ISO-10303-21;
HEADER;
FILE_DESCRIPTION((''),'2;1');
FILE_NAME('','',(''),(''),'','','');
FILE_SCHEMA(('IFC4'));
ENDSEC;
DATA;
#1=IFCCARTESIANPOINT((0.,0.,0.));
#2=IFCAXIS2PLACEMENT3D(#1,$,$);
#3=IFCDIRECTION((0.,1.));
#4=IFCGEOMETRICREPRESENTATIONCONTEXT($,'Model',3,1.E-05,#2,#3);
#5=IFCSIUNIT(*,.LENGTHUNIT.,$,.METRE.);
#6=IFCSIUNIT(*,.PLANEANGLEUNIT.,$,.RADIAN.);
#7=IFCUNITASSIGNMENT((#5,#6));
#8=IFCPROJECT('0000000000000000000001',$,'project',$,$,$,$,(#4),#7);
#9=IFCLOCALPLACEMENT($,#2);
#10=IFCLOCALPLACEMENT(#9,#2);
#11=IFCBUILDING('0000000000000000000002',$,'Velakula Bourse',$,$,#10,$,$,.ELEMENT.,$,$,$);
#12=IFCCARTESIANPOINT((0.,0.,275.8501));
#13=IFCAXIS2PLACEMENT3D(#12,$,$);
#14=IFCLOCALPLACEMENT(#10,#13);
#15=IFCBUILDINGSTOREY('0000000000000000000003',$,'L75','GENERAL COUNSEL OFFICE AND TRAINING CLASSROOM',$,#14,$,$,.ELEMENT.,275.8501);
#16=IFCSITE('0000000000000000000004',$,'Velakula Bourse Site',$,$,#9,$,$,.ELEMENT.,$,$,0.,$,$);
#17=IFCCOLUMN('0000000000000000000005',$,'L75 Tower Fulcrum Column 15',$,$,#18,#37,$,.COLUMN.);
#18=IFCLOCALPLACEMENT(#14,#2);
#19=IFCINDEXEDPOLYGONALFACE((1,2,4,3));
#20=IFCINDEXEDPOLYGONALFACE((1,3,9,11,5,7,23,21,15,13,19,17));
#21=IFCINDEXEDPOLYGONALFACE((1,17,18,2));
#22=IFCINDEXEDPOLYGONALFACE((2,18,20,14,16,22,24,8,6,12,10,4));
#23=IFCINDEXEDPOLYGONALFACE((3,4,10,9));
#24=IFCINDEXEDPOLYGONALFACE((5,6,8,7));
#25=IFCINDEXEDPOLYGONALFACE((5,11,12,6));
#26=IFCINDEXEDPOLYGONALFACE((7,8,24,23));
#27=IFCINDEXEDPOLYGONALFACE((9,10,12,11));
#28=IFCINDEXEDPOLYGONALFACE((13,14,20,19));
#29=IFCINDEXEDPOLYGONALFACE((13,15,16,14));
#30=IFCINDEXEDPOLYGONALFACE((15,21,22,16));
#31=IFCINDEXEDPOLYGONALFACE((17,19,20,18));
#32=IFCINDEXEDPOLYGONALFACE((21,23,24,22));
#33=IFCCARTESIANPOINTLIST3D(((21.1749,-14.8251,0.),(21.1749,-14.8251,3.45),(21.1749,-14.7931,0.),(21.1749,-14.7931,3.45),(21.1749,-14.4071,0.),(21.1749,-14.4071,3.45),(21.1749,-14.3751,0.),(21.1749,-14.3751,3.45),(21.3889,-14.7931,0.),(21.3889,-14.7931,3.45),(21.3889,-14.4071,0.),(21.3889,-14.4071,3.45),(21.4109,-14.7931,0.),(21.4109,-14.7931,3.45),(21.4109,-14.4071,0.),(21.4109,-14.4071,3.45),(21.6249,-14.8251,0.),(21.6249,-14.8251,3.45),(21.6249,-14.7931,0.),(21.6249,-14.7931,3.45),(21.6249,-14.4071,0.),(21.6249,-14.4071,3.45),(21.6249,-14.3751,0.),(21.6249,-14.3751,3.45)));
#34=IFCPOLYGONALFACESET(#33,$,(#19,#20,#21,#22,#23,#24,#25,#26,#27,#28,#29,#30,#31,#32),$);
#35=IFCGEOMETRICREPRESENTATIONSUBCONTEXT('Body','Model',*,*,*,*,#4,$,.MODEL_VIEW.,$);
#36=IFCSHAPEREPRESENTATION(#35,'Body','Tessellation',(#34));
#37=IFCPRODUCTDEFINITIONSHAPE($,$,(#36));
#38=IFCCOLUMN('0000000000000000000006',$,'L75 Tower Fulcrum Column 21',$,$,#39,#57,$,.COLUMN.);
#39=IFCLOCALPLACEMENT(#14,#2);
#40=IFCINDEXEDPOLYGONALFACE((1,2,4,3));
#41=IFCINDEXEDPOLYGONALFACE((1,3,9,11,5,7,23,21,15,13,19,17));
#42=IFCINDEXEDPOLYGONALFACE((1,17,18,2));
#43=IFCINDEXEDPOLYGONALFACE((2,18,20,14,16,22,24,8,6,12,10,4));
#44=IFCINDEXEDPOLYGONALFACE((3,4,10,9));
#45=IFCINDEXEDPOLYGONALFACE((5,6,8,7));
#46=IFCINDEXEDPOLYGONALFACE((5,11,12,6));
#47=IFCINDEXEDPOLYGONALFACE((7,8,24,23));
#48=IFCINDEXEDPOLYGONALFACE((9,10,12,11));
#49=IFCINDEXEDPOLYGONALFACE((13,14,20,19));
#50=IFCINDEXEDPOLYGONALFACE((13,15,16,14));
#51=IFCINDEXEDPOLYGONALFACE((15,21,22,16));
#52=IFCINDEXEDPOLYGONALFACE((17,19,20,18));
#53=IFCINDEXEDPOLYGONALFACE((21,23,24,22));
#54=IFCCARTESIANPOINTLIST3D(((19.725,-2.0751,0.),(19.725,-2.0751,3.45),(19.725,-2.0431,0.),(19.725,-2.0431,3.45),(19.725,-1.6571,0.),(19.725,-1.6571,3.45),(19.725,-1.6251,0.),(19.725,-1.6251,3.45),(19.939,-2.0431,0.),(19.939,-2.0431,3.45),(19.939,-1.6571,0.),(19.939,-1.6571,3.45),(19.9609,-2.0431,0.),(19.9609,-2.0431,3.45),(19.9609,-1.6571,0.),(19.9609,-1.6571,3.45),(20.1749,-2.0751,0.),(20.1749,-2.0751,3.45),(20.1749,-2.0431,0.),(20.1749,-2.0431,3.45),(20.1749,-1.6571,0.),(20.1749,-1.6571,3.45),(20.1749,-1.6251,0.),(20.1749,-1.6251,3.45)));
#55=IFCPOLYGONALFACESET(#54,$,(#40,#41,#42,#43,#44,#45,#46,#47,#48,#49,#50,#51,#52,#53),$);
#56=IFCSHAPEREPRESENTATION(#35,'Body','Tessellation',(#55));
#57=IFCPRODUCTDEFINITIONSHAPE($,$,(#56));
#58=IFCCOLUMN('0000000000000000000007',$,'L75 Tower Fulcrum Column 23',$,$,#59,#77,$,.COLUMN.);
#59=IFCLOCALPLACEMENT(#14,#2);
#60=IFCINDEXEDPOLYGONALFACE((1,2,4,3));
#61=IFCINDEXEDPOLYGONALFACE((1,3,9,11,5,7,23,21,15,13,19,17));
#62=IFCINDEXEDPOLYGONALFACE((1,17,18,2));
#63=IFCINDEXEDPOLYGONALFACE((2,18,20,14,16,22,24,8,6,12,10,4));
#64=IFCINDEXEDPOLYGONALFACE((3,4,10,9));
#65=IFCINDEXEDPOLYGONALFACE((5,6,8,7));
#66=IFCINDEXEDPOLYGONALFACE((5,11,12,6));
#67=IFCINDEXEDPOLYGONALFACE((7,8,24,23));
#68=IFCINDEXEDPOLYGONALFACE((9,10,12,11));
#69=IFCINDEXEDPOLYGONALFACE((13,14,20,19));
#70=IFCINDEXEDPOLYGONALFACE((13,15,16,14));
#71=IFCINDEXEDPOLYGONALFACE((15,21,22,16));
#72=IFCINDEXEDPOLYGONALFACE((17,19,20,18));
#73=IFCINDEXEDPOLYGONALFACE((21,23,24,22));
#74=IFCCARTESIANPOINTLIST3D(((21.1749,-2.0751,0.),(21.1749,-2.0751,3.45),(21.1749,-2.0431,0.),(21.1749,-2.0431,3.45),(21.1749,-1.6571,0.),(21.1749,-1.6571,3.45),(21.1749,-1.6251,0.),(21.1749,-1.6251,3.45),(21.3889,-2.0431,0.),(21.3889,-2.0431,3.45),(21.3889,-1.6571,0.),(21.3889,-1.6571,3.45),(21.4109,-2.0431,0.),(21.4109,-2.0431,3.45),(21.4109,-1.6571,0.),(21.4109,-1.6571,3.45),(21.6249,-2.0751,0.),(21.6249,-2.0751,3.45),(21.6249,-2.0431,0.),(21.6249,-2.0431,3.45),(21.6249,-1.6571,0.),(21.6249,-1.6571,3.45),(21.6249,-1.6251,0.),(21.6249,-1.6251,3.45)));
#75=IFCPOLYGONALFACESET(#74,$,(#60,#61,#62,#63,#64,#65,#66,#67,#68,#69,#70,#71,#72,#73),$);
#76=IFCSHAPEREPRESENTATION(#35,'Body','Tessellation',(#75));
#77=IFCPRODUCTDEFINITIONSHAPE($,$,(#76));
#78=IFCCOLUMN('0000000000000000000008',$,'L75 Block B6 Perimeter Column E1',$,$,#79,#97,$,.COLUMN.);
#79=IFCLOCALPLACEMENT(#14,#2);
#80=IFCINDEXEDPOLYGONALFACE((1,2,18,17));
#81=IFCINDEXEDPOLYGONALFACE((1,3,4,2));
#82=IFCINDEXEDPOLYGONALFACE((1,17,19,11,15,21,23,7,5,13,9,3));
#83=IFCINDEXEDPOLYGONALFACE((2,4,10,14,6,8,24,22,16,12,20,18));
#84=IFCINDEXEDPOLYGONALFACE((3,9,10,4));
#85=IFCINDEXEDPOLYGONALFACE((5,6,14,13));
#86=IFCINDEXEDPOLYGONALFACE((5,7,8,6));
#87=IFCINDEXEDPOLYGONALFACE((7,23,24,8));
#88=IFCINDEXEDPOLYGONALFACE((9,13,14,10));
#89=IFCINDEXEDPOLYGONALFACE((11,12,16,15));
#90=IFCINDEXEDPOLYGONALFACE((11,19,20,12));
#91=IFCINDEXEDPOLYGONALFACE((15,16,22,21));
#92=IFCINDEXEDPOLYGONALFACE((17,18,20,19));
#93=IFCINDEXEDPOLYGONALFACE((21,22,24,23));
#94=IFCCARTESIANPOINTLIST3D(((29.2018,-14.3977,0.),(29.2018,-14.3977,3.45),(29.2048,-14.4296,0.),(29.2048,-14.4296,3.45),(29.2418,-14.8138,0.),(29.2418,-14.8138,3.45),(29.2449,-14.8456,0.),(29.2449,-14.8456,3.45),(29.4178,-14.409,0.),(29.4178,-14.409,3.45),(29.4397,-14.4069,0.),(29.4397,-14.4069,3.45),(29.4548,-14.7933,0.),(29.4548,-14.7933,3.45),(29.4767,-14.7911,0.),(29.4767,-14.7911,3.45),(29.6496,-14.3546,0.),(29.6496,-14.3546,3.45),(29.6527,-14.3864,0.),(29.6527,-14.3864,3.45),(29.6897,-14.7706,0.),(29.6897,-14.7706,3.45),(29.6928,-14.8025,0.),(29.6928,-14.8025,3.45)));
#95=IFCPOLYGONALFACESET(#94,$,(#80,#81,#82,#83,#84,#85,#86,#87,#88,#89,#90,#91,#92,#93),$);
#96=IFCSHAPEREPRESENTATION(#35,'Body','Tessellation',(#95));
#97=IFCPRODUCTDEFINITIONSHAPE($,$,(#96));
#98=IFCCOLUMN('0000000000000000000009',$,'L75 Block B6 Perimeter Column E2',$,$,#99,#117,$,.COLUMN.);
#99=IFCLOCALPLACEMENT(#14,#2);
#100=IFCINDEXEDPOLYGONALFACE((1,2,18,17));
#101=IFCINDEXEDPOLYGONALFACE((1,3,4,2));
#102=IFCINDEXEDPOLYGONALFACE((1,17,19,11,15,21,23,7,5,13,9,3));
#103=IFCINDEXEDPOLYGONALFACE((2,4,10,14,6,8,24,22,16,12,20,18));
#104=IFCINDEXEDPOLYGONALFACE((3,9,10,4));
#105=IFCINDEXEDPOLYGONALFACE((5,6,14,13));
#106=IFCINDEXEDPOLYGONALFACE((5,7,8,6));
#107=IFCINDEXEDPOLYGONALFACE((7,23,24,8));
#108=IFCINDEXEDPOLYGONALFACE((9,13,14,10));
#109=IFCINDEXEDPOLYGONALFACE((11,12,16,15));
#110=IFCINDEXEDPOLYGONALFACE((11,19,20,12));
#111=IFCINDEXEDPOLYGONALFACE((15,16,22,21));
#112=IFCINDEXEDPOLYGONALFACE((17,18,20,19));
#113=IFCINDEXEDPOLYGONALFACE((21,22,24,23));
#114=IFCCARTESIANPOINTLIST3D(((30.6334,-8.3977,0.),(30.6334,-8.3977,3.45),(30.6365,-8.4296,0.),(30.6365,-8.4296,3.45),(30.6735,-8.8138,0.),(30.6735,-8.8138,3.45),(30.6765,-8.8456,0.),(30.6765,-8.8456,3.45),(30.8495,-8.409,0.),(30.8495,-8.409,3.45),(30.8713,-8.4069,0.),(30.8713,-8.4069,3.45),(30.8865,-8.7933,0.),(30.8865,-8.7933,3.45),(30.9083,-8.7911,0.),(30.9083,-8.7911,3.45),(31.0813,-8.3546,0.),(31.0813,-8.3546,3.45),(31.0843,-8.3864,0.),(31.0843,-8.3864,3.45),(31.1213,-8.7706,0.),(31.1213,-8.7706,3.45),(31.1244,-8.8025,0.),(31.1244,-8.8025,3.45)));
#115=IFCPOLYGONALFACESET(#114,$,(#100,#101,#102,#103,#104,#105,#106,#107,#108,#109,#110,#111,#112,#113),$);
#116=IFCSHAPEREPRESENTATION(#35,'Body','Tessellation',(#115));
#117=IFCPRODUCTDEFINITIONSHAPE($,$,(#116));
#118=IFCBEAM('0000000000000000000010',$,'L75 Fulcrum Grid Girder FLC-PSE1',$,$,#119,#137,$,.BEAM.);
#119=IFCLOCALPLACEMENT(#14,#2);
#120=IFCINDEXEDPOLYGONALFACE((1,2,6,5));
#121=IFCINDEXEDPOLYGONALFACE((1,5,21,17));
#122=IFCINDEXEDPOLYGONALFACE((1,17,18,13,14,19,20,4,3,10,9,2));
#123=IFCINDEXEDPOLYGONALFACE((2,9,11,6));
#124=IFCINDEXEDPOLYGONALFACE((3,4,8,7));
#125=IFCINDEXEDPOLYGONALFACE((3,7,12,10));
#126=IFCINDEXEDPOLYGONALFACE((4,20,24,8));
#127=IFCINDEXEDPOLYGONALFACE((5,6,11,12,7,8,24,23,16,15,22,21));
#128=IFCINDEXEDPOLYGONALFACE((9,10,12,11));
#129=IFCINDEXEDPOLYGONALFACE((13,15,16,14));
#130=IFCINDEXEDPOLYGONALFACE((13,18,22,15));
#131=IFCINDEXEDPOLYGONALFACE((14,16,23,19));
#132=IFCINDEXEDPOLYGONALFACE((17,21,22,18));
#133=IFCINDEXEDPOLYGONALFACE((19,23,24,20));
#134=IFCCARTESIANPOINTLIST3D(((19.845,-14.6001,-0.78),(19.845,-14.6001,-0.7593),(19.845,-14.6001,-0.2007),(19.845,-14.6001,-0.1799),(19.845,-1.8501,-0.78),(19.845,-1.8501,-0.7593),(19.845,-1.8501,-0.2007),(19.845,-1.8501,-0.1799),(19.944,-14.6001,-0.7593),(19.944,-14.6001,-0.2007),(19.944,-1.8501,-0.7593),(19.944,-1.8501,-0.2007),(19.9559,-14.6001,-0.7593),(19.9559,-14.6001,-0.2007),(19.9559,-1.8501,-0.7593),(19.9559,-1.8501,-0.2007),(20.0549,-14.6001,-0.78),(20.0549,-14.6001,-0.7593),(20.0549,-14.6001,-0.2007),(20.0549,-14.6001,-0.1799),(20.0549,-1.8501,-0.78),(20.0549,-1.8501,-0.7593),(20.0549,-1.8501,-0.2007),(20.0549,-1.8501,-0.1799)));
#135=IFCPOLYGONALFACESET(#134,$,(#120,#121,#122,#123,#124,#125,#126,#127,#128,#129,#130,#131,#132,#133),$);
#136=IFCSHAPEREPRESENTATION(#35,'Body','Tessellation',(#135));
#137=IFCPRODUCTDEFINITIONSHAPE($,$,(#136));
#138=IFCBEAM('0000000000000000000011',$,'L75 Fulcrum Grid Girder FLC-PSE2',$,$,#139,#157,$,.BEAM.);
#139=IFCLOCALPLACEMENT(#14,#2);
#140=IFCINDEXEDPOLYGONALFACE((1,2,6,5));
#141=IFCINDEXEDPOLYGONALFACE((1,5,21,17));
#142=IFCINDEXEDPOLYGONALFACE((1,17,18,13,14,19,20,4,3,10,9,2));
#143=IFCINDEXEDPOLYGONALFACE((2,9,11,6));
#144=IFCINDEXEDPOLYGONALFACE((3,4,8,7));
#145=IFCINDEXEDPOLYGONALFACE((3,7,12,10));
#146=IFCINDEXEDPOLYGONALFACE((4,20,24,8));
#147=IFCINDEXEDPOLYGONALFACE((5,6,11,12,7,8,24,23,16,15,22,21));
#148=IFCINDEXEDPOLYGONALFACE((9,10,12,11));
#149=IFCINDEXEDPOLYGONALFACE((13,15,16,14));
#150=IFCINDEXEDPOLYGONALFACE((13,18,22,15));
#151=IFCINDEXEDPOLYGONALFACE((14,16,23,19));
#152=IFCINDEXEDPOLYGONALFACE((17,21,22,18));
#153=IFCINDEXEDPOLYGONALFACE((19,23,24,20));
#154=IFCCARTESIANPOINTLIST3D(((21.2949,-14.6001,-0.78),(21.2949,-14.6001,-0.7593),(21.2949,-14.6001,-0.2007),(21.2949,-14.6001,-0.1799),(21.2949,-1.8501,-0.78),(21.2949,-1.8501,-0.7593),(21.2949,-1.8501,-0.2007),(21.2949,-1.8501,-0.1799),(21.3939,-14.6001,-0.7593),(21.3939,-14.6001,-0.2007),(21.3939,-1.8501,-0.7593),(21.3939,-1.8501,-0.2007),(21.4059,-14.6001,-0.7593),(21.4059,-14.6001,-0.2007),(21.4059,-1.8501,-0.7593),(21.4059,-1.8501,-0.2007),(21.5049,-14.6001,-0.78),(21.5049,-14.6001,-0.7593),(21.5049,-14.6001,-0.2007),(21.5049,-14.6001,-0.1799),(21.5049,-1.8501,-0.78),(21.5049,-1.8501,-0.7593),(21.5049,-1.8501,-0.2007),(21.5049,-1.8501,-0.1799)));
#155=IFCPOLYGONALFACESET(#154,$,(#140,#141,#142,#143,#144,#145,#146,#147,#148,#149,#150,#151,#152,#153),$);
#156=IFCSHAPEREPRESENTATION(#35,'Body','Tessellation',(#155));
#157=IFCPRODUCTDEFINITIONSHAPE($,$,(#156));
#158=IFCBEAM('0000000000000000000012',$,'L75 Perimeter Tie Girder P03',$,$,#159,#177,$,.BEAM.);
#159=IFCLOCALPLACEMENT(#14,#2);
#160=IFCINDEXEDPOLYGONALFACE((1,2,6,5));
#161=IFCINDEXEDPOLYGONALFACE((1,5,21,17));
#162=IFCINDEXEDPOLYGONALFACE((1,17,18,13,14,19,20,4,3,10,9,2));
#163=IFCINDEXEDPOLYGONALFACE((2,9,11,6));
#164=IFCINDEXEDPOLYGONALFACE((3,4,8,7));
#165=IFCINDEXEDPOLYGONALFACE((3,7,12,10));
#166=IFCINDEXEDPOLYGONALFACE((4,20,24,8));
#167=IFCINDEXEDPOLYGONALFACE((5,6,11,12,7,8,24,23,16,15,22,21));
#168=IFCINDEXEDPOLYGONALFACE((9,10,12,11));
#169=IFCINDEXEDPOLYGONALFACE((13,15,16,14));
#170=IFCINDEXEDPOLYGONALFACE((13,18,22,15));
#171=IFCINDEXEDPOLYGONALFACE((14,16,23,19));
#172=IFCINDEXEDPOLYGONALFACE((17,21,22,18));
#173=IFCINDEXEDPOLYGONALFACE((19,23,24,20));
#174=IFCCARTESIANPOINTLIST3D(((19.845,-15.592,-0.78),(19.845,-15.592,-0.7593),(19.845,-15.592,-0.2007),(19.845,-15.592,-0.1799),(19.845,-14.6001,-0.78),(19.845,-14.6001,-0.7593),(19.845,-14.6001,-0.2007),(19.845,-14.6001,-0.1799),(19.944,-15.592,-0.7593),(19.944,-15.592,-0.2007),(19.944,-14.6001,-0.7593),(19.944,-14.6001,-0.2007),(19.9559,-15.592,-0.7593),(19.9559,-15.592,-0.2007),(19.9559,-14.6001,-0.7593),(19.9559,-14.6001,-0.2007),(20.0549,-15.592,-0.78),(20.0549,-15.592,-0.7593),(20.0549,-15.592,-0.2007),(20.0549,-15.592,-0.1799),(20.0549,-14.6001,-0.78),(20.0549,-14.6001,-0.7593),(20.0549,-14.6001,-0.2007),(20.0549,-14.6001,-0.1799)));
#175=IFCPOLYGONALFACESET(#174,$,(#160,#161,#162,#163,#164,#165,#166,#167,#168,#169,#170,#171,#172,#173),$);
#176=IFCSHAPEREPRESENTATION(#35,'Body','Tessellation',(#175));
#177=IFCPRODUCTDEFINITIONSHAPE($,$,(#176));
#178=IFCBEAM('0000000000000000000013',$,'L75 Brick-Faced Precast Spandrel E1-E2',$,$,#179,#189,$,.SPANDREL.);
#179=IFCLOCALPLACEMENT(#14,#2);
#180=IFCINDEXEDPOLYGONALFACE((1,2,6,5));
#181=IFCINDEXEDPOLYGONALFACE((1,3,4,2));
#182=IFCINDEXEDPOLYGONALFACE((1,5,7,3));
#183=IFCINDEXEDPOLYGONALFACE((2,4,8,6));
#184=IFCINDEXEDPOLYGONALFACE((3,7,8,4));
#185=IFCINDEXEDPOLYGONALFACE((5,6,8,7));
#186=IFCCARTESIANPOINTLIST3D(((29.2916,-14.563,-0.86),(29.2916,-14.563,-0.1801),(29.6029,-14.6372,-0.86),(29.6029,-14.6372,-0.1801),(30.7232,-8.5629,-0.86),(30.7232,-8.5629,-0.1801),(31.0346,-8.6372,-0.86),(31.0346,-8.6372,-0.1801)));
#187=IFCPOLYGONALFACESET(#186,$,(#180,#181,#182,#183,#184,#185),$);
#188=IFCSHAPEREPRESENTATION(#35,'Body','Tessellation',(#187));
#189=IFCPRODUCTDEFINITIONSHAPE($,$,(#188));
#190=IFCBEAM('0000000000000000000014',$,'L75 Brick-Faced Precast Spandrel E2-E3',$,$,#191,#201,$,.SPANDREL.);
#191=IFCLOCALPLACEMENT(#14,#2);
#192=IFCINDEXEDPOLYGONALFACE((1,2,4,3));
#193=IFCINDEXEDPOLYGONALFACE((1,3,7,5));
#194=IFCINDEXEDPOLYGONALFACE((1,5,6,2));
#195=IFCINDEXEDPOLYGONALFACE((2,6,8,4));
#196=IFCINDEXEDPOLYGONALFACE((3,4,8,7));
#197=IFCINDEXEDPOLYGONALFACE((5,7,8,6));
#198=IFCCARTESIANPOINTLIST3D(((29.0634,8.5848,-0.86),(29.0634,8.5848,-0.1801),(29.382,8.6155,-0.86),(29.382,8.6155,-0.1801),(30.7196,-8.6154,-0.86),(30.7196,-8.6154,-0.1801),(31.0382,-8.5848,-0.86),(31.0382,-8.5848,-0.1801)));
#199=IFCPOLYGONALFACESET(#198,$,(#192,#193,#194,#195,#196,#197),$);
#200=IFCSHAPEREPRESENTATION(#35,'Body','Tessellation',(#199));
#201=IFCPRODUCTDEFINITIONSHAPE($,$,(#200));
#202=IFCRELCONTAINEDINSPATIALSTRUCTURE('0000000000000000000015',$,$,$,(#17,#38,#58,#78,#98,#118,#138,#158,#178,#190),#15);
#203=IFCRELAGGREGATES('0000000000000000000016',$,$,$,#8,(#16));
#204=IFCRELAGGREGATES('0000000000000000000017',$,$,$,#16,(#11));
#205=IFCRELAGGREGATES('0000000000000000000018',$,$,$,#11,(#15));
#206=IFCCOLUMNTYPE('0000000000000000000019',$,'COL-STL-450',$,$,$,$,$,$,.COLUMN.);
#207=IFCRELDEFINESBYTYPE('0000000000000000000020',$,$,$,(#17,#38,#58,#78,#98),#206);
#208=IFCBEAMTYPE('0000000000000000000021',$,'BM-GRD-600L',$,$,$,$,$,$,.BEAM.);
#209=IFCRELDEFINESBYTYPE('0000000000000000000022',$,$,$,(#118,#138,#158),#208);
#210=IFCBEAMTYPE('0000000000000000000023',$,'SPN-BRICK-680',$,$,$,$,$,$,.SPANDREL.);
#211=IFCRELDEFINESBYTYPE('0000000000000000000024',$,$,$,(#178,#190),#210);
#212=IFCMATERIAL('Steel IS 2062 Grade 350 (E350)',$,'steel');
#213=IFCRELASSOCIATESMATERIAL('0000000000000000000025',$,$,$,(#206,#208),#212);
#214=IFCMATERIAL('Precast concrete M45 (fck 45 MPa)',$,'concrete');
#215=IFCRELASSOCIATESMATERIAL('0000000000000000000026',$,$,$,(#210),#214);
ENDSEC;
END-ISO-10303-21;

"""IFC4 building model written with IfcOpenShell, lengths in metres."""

from ifc_helpers import new_model, si_unit, direction, frame, origin, origin_2d, place, context, subcontext, project, spatial, rectangle, i_section, extrude, material, material_profile, profile_set, type_object, element, save


model = new_model("IFC4")

# Units and contexts
model_context = context("Model", 3, precision=1e-05, world=origin(), true_north=direction((0.0, 1.0)))
body_context = subcontext(model_context, "Body", "Model", "MODEL_VIEW")
ifc_project = project(units=[si_unit("LENGTHUNIT", "METRE"), si_unit("PLANEANGLEUNIT", "RADIAN")], contexts=[model_context])

# Site, building, storey
site_placement = place(None, origin())
site = spatial("IfcSite", under=ifc_project, at=site_placement, Name="Velakula Bourse Site", CompositionType="ELEMENT", RefElevation=0.0)
building_placement = place(site_placement, origin())
building = spatial("IfcBuilding", under=site, at=building_placement, Name="Velakula Bourse", CompositionType="ELEMENT")
storey_placement = place(building_placement, frame((0.0, 0.0, 275.8501)))
storey = spatial("IfcBuildingStorey", under=building, at=storey_placement, Name="L75", Description="GENERAL COUNSEL OFFICE AND TRAINING CLASSROOM", CompositionType="ELEMENT", Elevation=275.8501)

# Columns
ifc_material_1 = material(Name="Steel IS 2062 Grade 350 (E350)", Category="steel")
ifc_material_profile_1 = material_profile(ifc_material_1, i_section(OverallWidth=0.45, OverallDepth=0.45, WebThickness=0.022, FlangeThickness=0.032, at=origin_2d()), Name="Steel IS 2062 Grade 350 (E350)")
ifc_profile_set_1 = profile_set([ifc_material_profile_1], Name="Steel IS 2062 Grade 350 (E350)")
column_type = type_object("IfcColumnType", Name="COL-STL-450", PredefinedType="COLUMN", material=ifc_profile_set_1)
for number, where, z_axis, x_axis, name in (
    (1, (21.3999, -14.6001, 0.0), (0.0, 0.0, 1.0), (1.0, 0.0, 0.0), "L75 Tower Fulcrum Column 15"),
    (2, (19.95, -1.8501, 0.0), (0.0, 0.0, 1.0), (1.0, 0.0, 0.0), "L75 Tower Fulcrum Column 21"),
    (3, (21.3999, -1.8501, 0.0), (0.0, 0.0, 1.0), (1.0, 0.0, 0.0), "L75 Tower Fulcrum Column 23"),
    (4, (29.4473, -14.6001, 0.0), (0.0, 0.0, 1.0), (0.995396, 0.095846, 0.0), "L75 Block B6 Perimeter Column E1"),
    (5, (30.8789, -8.6001, 0.0), (0.0, 0.0, 1.0), (0.995396, 0.095846, 0.0), "L75 Block B6 Perimeter Column E2"),
):
    element("IfcColumn", number, at=place(storey_placement, frame(where, z_axis=z_axis, x_axis=x_axis)), inside=storey, type_object=column_type, Name=name, PredefinedType="COLUMN", context=body_context, shape_type="SweptSolid", body=[
        extrude(i_section(OverallWidth=0.45, OverallDepth=0.45, WebThickness=0.022, FlangeThickness=0.032, at=origin_2d()), origin(), (0.0, 0.0, 1.0), 3.45),
    ])

# Beams
ifc_material_profile_2 = material_profile(ifc_material_1, i_section(OverallWidth=0.21, OverallDepth=0.6001, WebThickness=0.012, FlangeThickness=0.0208, at=origin_2d()), Name="Steel IS 2062 Grade 350 (E350)")
ifc_profile_set_2 = profile_set([ifc_material_profile_2], Name="Steel IS 2062 Grade 350 (E350)")
beam_type_1 = type_object("IfcBeamType", Name="BM-GRD-600L", PredefinedType="BEAM", material=ifc_profile_set_2)
for number, where, z_axis, x_axis, name in (
    (6, (19.95, -14.6001, -0.48), (0.0, 1.0, 0.0), (-1.0, 0.0, 0.0), "L75 Fulcrum Grid Girder FLC-PSE1"),
    (7, (21.3999, -14.6001, -0.48), (0.0, 1.0, 0.0), (-1.0, 0.0, 0.0), "L75 Fulcrum Grid Girder FLC-PSE2"),
):
    element("IfcBeam", number, at=place(storey_placement, frame(where, z_axis=z_axis, x_axis=x_axis)), inside=storey, type_object=beam_type_1, Name=name, PredefinedType="BEAM", context=body_context, shape_type="SweptSolid", body=[
        extrude(i_section(OverallWidth=0.21, OverallDepth=0.6001, WebThickness=0.012, FlangeThickness=0.0208, at=origin_2d()), origin(), (0.0, 0.0, 1.0), 12.75),
    ])
beam_1_placement = place(storey_placement, frame((19.95, -14.6001, -0.48), z_axis=(0.0, -1.0, 0.0), x_axis=(1.0, 0.0, 0.0)))
element("IfcBeam", 8, at=beam_1_placement, inside=storey, type_object=beam_type_1, Name="L75 Perimeter Tie Girder P03", PredefinedType="BEAM", context=body_context, shape_type="SweptSolid", body=[
    extrude(i_section(OverallWidth=0.21, OverallDepth=0.6001, WebThickness=0.012, FlangeThickness=0.0208, at=origin_2d()), origin(), (0.0, 0.0, 1.0), 0.9919),
])
ifc_material_2 = material(Name="Precast concrete M45 (fck 45 MPa)", Category="concrete")
ifc_material_profile_3 = material_profile(ifc_material_2, rectangle(XDim=0.3201, YDim=0.6799, at=origin_2d()), Name="Precast concrete M45 (fck 45 MPa)")
ifc_profile_set_3 = profile_set([ifc_material_profile_3], Name="Precast concrete M45 (fck 45 MPa)")
beam_type_2 = type_object("IfcBeamType", Name="SPN-BRICK-680", PredefinedType="SPANDREL", material=ifc_profile_set_3)
beam_2_placement = place(storey_placement, frame((29.4473, -14.6001, -0.52), z_axis=(0.232091, 0.972694, 0.0), x_axis=(-0.972694, 0.232091, 0.0)))
element("IfcBeam", 9, at=beam_2_placement, inside=storey, type_object=beam_type_2, Name="L75 Brick-Faced Precast Spandrel E1-E2", PredefinedType="SPANDREL", context=body_context, shape_type="SweptSolid", body=[
    extrude(rectangle(XDim=0.3201, YDim=0.6799, at=origin_2d()), origin(), (0.0, 0.0, 1.0), 6.1685),
])
beam_3_placement = place(storey_placement, frame((30.8789, -8.6001, -0.52), z_axis=(-0.095849, 0.995396, 0.0), x_axis=(-0.995396, -0.095849, 0.0)))
element("IfcBeam", 10, at=beam_3_placement, inside=storey, type_object=beam_type_2, Name="L75 Brick-Faced Precast Spandrel E2-E3", PredefinedType="SPANDREL", context=body_context, shape_type="SweptSolid", body=[
    extrude(rectangle(XDim=0.3201, YDim=0.6799, at=origin_2d()), origin(), (0.0, 0.0, 1.0), 17.2798),
])

save(model, "model.ifc")
